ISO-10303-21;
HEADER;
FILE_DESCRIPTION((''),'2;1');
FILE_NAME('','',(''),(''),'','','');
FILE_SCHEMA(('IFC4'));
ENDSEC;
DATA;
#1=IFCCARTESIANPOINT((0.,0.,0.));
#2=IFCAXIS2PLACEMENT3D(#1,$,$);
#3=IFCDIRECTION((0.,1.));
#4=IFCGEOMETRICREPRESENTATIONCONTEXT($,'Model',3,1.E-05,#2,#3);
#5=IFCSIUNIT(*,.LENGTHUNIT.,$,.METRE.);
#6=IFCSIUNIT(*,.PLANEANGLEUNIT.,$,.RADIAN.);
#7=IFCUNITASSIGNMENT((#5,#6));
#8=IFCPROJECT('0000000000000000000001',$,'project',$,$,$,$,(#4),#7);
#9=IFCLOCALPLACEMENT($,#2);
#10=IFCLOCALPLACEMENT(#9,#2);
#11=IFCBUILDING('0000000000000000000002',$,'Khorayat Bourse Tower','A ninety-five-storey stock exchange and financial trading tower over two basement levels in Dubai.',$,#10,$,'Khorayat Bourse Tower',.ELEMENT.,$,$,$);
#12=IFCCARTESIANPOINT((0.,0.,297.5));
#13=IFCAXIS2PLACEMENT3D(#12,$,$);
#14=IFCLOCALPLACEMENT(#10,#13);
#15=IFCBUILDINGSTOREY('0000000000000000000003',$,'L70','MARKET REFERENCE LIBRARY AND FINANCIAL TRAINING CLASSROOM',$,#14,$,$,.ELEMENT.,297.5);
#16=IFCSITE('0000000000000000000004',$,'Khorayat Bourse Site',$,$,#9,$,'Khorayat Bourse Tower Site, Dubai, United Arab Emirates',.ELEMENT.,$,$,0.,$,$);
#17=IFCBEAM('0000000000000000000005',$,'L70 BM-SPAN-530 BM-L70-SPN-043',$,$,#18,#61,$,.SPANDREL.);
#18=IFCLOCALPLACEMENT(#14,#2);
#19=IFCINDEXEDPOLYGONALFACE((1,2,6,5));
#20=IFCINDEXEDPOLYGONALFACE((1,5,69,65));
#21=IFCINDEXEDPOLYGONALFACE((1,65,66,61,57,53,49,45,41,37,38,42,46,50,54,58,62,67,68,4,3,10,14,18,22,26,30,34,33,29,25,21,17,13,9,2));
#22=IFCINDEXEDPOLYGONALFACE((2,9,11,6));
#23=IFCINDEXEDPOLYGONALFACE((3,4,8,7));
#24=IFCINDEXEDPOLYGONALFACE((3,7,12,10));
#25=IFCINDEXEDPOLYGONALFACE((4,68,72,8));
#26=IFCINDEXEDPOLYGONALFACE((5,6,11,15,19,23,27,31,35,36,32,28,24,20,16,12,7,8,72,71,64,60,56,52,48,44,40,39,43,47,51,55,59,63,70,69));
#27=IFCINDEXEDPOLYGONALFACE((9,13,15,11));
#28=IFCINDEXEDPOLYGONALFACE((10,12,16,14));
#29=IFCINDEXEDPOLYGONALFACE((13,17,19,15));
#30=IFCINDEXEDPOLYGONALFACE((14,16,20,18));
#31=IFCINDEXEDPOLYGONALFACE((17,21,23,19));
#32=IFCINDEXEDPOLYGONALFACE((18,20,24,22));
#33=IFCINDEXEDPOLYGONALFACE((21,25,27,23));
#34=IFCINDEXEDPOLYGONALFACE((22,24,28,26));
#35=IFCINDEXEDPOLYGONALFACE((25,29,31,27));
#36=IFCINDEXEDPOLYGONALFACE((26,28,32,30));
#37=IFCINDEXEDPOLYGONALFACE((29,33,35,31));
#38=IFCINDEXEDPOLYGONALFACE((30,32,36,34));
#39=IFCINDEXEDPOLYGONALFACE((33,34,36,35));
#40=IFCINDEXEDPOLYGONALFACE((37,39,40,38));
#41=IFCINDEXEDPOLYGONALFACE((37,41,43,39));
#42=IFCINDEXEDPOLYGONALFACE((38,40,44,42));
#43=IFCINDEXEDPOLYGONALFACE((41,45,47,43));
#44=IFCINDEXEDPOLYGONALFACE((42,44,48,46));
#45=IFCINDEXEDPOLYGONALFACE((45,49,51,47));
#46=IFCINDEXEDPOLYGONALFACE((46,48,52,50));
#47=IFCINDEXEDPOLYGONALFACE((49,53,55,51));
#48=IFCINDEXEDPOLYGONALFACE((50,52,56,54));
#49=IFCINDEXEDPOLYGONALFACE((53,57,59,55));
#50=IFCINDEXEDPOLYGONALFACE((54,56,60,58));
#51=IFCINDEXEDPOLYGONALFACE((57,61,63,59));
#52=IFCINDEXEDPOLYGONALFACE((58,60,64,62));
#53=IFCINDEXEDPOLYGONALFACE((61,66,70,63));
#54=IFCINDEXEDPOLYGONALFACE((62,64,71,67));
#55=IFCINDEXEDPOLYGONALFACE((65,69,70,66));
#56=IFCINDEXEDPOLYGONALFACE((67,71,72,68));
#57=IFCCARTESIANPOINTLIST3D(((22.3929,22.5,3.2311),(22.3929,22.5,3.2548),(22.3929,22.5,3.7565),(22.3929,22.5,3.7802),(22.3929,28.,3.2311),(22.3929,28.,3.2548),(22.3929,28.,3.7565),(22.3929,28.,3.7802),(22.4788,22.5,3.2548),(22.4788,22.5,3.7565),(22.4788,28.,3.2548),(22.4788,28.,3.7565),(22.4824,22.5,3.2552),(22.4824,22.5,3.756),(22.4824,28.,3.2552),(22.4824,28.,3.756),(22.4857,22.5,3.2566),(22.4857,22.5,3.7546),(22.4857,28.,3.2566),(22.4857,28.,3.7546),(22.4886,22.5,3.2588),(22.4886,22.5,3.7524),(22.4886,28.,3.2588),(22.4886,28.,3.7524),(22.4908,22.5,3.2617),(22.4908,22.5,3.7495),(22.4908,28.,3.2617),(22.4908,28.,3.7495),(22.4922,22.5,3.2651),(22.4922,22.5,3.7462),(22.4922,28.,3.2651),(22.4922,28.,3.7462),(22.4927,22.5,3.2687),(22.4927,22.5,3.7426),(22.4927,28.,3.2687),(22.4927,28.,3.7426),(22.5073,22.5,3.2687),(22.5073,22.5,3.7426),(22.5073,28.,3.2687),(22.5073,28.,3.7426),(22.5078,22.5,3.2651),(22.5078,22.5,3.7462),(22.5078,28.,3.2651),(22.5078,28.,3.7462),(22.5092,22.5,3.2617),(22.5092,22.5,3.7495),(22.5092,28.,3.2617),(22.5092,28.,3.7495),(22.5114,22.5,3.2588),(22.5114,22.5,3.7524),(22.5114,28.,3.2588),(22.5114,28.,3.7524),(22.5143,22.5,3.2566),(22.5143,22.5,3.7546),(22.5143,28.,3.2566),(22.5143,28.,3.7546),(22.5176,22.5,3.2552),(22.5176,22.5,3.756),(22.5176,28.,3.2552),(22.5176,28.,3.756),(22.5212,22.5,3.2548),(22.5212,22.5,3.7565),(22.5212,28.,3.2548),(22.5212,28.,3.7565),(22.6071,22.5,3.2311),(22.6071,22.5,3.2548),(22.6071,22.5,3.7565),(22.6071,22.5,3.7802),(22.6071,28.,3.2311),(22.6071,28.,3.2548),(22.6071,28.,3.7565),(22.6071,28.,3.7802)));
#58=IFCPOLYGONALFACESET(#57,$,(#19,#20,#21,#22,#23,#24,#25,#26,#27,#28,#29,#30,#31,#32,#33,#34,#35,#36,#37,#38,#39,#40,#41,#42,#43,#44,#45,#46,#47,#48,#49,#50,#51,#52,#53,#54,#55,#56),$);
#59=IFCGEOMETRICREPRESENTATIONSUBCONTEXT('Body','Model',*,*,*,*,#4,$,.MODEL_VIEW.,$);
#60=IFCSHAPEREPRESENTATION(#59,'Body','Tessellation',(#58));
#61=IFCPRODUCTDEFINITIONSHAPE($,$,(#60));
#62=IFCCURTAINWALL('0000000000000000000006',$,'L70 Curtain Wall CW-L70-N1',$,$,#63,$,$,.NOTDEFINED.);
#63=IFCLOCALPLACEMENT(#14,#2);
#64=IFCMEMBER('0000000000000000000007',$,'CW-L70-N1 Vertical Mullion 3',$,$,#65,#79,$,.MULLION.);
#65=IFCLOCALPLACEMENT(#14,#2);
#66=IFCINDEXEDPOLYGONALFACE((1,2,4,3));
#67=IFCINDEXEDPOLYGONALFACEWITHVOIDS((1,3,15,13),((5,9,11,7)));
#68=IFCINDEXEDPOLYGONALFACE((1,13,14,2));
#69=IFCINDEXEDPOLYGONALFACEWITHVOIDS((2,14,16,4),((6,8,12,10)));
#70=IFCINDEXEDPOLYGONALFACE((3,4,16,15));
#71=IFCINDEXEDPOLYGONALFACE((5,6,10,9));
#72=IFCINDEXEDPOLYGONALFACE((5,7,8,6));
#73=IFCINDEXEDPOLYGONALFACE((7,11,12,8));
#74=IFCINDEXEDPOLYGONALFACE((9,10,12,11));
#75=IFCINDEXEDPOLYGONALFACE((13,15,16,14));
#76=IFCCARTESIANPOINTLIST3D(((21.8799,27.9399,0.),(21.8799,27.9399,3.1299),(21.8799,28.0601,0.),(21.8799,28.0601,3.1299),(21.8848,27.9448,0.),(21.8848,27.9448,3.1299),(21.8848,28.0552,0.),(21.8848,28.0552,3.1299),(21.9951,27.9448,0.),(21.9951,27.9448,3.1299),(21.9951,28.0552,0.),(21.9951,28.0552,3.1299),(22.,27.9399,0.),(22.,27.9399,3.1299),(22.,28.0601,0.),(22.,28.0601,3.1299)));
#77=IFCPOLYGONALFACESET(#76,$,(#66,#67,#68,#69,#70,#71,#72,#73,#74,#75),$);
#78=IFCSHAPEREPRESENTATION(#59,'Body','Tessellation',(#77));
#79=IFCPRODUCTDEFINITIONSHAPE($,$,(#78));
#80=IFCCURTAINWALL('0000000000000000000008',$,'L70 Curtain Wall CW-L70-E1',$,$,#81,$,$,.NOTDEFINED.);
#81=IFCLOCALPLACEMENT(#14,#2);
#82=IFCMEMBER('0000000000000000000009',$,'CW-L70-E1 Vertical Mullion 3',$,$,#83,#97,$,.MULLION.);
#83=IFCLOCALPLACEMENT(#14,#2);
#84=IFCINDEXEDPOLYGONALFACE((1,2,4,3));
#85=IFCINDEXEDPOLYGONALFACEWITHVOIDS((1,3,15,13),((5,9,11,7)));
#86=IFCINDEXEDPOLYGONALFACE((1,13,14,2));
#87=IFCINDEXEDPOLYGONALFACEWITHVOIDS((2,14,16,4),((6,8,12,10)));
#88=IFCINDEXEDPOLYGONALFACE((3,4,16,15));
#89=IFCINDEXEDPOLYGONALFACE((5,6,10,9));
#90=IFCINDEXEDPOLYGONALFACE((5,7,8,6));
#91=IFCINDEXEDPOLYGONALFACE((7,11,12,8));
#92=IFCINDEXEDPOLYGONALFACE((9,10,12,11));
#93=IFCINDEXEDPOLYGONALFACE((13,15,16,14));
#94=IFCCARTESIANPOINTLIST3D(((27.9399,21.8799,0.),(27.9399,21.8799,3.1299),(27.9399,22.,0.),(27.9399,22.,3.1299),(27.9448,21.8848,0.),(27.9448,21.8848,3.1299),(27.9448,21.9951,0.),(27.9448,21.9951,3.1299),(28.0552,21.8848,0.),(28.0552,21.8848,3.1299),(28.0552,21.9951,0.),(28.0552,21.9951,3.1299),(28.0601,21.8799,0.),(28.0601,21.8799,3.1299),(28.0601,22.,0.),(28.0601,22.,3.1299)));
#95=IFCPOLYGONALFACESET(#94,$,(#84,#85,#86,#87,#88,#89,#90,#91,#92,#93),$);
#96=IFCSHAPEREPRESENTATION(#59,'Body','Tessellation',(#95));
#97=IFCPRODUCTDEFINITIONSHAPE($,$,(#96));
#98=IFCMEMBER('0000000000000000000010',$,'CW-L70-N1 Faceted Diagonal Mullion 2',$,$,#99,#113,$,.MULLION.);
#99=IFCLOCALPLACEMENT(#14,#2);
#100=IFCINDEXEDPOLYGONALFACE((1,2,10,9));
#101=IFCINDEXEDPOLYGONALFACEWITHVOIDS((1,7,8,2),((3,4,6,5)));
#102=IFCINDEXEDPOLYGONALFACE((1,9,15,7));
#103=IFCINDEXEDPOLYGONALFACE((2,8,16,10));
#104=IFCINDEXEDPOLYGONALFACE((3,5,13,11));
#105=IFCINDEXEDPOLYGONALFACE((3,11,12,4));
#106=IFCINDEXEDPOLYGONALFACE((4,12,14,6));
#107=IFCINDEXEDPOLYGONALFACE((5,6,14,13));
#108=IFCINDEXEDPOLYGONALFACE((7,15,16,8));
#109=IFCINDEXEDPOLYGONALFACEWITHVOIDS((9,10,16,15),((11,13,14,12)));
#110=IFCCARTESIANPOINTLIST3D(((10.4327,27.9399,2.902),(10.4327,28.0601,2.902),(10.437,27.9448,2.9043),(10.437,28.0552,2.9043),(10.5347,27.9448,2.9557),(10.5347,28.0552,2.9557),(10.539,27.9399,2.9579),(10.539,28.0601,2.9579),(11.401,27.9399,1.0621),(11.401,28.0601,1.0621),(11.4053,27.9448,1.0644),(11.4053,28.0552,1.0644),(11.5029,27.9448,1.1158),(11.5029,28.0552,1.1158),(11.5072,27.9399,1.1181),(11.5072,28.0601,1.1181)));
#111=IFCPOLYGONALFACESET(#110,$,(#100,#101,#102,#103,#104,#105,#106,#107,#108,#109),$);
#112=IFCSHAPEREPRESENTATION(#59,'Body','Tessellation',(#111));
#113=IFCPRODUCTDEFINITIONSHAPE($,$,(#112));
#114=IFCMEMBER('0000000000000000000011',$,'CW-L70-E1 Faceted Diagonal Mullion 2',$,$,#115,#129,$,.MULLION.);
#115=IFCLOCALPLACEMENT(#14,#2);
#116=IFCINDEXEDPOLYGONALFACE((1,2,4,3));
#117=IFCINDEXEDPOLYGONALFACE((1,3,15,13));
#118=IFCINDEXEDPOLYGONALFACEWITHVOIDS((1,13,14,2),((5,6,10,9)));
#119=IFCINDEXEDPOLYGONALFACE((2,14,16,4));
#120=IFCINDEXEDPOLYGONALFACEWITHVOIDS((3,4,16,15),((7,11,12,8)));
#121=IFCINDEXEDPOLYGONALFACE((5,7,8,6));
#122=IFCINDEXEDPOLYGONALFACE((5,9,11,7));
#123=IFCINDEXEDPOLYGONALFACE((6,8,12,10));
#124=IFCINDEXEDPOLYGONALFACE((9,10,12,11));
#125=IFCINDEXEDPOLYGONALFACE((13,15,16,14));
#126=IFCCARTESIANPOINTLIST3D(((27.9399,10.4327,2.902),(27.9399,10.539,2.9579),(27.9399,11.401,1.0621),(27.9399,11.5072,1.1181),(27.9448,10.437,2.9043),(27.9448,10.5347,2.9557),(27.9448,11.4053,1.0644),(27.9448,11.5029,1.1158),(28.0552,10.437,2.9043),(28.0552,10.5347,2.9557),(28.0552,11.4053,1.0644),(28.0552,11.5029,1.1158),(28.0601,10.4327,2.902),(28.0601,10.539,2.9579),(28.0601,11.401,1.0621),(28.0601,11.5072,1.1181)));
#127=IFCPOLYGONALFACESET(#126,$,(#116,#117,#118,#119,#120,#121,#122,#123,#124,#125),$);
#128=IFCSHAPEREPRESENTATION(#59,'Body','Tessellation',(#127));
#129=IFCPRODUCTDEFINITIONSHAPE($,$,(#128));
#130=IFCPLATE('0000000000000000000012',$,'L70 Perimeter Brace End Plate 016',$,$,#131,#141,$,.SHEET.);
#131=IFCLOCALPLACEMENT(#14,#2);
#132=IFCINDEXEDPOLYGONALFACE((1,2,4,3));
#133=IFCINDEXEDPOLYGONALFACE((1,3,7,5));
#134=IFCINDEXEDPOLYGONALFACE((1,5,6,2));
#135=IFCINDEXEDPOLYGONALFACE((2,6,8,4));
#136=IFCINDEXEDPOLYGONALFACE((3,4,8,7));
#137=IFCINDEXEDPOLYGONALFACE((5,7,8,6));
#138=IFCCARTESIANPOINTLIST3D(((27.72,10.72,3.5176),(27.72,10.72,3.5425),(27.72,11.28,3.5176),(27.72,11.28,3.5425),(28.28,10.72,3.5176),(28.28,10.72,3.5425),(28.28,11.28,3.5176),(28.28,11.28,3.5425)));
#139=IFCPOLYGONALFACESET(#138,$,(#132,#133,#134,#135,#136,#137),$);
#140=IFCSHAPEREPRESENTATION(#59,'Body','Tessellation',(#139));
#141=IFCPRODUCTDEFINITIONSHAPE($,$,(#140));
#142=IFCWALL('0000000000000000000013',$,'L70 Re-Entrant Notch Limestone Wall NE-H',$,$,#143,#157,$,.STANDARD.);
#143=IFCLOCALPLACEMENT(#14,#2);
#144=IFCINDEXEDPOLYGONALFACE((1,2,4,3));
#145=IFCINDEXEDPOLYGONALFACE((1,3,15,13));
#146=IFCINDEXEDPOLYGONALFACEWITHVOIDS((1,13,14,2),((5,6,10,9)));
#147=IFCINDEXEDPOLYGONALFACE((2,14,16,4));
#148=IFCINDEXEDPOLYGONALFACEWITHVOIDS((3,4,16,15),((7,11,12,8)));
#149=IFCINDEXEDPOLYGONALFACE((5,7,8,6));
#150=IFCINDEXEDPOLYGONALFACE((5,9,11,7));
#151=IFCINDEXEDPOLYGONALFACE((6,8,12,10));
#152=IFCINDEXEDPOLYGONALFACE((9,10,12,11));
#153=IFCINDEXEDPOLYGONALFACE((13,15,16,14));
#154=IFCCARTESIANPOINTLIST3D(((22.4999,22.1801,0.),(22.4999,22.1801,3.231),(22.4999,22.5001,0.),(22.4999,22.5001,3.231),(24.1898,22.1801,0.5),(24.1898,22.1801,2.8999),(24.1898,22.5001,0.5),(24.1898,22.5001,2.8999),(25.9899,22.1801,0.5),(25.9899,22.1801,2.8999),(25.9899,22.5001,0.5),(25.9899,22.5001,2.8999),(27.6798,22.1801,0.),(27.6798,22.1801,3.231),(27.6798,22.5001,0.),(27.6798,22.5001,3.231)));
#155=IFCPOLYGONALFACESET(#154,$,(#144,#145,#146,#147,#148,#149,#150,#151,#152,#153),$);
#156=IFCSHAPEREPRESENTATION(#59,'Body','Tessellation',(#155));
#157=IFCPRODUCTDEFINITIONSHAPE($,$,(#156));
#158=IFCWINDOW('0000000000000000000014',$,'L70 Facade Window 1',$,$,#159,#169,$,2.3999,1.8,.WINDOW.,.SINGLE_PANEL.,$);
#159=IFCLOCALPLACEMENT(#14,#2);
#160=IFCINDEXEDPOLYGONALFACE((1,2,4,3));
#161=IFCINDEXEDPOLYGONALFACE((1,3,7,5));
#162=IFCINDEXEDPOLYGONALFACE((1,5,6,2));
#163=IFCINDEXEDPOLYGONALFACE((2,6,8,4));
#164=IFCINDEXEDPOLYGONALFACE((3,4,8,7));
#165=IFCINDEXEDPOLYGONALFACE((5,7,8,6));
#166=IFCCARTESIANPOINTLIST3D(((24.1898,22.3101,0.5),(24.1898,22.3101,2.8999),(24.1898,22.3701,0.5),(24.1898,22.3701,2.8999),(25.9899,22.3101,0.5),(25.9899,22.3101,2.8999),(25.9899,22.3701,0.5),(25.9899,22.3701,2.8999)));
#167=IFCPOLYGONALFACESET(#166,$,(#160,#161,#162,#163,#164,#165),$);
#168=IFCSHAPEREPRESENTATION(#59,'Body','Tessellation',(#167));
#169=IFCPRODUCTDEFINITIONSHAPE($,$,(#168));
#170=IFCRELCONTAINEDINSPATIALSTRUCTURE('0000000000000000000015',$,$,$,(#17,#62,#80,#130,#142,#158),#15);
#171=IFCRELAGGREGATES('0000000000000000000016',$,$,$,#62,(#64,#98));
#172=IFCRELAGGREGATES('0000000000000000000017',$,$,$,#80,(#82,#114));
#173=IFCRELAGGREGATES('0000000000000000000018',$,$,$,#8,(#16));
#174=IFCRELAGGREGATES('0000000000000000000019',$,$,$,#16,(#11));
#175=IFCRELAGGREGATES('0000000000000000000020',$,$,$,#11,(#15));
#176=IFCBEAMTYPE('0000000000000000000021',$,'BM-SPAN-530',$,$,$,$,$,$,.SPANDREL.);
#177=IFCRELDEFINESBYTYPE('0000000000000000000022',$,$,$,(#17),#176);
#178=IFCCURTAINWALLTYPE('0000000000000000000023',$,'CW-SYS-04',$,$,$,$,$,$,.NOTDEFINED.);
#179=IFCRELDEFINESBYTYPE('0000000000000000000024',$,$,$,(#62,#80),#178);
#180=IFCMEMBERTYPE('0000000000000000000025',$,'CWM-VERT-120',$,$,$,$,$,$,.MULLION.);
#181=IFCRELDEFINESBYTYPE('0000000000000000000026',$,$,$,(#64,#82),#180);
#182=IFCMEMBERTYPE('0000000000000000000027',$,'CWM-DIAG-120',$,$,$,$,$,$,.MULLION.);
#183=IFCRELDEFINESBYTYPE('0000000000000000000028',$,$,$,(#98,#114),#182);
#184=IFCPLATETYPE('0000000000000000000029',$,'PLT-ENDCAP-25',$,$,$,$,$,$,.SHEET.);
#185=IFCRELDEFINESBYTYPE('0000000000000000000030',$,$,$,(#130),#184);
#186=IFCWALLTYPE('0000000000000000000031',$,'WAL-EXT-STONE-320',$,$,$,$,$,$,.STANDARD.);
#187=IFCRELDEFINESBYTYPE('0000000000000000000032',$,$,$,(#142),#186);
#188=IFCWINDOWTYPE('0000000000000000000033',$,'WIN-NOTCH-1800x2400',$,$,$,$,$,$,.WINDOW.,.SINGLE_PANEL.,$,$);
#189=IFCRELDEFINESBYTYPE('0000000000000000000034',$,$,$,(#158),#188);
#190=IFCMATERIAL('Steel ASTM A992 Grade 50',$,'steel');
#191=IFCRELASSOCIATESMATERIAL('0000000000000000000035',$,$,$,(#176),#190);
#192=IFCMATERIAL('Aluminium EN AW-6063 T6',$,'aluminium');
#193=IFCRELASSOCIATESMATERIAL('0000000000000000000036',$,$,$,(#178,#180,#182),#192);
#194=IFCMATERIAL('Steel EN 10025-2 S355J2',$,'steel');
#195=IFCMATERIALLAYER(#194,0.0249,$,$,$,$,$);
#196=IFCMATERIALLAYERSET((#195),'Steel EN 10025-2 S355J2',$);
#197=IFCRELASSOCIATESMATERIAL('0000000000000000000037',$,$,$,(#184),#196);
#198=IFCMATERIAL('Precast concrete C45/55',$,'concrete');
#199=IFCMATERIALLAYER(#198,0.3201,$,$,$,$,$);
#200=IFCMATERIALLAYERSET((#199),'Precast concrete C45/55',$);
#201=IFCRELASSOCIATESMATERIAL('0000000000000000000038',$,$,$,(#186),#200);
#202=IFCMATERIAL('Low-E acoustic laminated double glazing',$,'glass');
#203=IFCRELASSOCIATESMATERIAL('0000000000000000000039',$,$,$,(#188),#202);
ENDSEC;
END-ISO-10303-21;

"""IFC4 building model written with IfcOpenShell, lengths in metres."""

from ifc_helpers import new_model, si_unit, direction, frame, frame_2d, origin, origin_2d, place, context, subcontext, project, spatial, rectangle, hollow_rectangle, i_section, extrude, source, transform, mapped, material, layer, layer_set, material_profile, profile_set, type_object, element, fill, aggregate, save


model = new_model("IFC4")

# Units and contexts
model_context = context("Model", 3, precision=1e-05, world=origin(), true_north=direction((0.0, 1.0)))
body_context = subcontext(model_context, "Body", "Model", "MODEL_VIEW")
ifc_project = project(units=[si_unit("LENGTHUNIT", "METRE"), si_unit("PLANEANGLEUNIT", "RADIAN")], contexts=[model_context])

# Site, building, storey
site_placement = place(None, origin())
site = spatial("IfcSite", under=ifc_project, at=site_placement, Name="Khorayat Bourse Site", LongName="Khorayat Bourse Tower Site, Dubai, United Arab Emirates", CompositionType="ELEMENT", RefElevation=0.0)
building_placement = place(site_placement, origin())
building = spatial("IfcBuilding", under=site, at=building_placement, Name="Khorayat Bourse Tower", Description="A ninety-five-storey stock exchange and financial trading tower over two basement levels in Dubai.", LongName="Khorayat Bourse Tower", CompositionType="ELEMENT")
storey_placement = place(building_placement, frame((0.0, 0.0, 297.5)))
storey = spatial("IfcBuildingStorey", under=building, at=storey_placement, Name="L70", Description="MARKET REFERENCE LIBRARY AND FINANCIAL TRAINING CLASSROOM", CompositionType="ELEMENT", Elevation=297.5)

# Beam
ifc_material_1 = material(Name="Steel ASTM A992 Grade 50", Category="steel")
ifc_material_profile_1 = material_profile(ifc_material_1, i_section(OverallWidth=0.2141, OverallDepth=0.5491, WebThickness=0.0146, FlangeThickness=0.0237, FilletRadius=0.0139, at=origin_2d()), Name="W530X138")
ifc_profile_set_1 = profile_set([ifc_material_profile_1], Name="Steel ASTM A992 Grade 50")
beam_type_1 = type_object("IfcBeamType", Name="BM-SPAN-530", PredefinedType="SPANDREL", material=ifc_profile_set_1)
shared_shape_1 = source(origin(), body_context, "Body", "SweptSolid", [
    extrude(i_section(OverallWidth=0.2141, OverallDepth=0.5491, WebThickness=0.0146, FlangeThickness=0.0237, FilletRadius=0.0139, at=origin_2d()), origin(), (0.0, 0.0, 1.0), 5.5),
])
for number, where, z_axis, x_axis, name in (
    (1, (22.5, 22.5, 3.5056), (0.0, 1.0, 0.0), (-1.0, 0.0, 0.0), "L70 BM-SPAN-530 BM-L70-SPN-043"),
):
    element("IfcBeam", number, at=place(storey_placement, frame(where, z_axis=z_axis, x_axis=x_axis)), inside=storey, type_object=beam_type_1, Name=name, PredefinedType="SPANDREL", context=body_context, shape_type="MappedRepresentation", body=[
        mapped(shared_shape_1, transform((0.0, 0.0, 0.0), scale=1.0)),
    ])

# Curtain walls, members
ifc_material_2 = material(Name="Aluminium EN AW-6063 T6", Category="aluminium")
curtain_wall_type = type_object("IfcCurtainWallType", Name="CW-SYS-04", PredefinedType="NOTDEFINED", material=ifc_material_2)
curtain_wall_1_placement = place(storey_placement, origin())
curtain_wall_1 = element("IfcCurtainWall", 2, at=curtain_wall_1_placement, inside=storey, type_object=curtain_wall_type, Name="L70 Curtain Wall CW-L70-N1", PredefinedType="NOTDEFINED")
ifc_material_profile_2 = material_profile(ifc_material_2, hollow_rectangle(XDim=0.1201, YDim=0.1201, WallThickness=0.0049, at=origin_2d()), Name="ALU 120x120x5")
ifc_profile_set_2 = profile_set([ifc_material_profile_2], Name="Aluminium EN AW-6063 T6")
member_type_1 = type_object("IfcMemberType", Name="CWM-VERT-120", PredefinedType="MULLION", material=ifc_profile_set_2)
shared_shape_2 = source(origin(), body_context, "Body", "SweptSolid", [
    extrude(hollow_rectangle(XDim=0.1201, YDim=0.1201, WallThickness=0.0049, at=origin_2d()), origin(), (0.0, 0.0, 1.0), 3.1299),
])
member_1_placement = place(storey_placement, frame((21.9399, 28.0, 0.0), z_axis=(0.0, 0.0, 1.0), x_axis=(0.0, 1.0, 0.0)))
member_1 = element("IfcMember", 3, at=member_1_placement, type_object=member_type_1, Name="CW-L70-N1 Vertical Mullion 3", PredefinedType="MULLION", context=body_context, shape_type="MappedRepresentation", body=[
    mapped(shared_shape_2, transform((0.0, 0.0, 0.0), scale=1.0)),
])
curtain_wall_2_placement = place(storey_placement, origin())
curtain_wall_2 = element("IfcCurtainWall", 4, at=curtain_wall_2_placement, inside=storey, type_object=curtain_wall_type, Name="L70 Curtain Wall CW-L70-E1", PredefinedType="NOTDEFINED")
member_2_placement = place(storey_placement, frame((28.0, 21.9399, 0.0), z_axis=(0.0, 0.0, 1.0), x_axis=(-1.0, 0.0, 0.0)))
member_2 = element("IfcMember", 5, at=member_2_placement, type_object=member_type_1, Name="CW-L70-E1 Vertical Mullion 3", PredefinedType="MULLION", context=body_context, shape_type="MappedRepresentation", body=[
    mapped(shared_shape_2, transform((0.0, 0.0, 0.0), scale=1.0)),
])

# Members
ifc_material_profile_3 = material_profile(ifc_material_2, hollow_rectangle(XDim=0.1201, YDim=0.1201, WallThickness=0.0049, at=origin_2d()), Name="ALU 120x120x5")
ifc_profile_set_3 = profile_set([ifc_material_profile_3], Name="Aluminium EN AW-6063 T6")
member_type_2 = type_object("IfcMemberType", Name="CWM-DIAG-120", PredefinedType="MULLION", material=ifc_profile_set_3)
shared_shape_3 = source(origin(), body_context, "Body", "SweptSolid", [
    extrude(hollow_rectangle(XDim=0.1201, YDim=0.1201, WallThickness=0.0049, at=origin_2d()), origin(), (0.0, 0.0, 1.0), 2.0791),
])
member_3_placement = place(storey_placement, frame((11.4541, 28.0, 1.0901), z_axis=(-0.465717, 0.0, 0.884934), x_axis=(0.0, -1.0, 0.0)))
member_3 = element("IfcMember", 6, at=member_3_placement, type_object=member_type_2, Name="CW-L70-N1 Faceted Diagonal Mullion 2", PredefinedType="MULLION", context=body_context, shape_type="MappedRepresentation", body=[
    mapped(shared_shape_3, transform((0.0, 0.0, 0.0), scale=1.0)),
])
aggregate(curtain_wall_1, [member_1, member_3])
member_4_placement = place(storey_placement, frame((28.0, 11.4541, 1.0901), z_axis=(0.0, -0.465717, 0.884934), x_axis=(1.0, 0.0, 0.0)))
member_4 = element("IfcMember", 7, at=member_4_placement, type_object=member_type_2, Name="CW-L70-E1 Faceted Diagonal Mullion 2", PredefinedType="MULLION", context=body_context, shape_type="MappedRepresentation", body=[
    mapped(shared_shape_3, transform((0.0, 0.0, 0.0), scale=1.0)),
])
aggregate(curtain_wall_2, [member_2, member_4])

# Plate
ifc_material_3 = material(Name="Steel EN 10025-2 S355J2", Category="steel")
ifc_layer_1 = layer(ifc_material_3, 0.0249)
ifc_layer_set_1 = layer_set([ifc_layer_1], Name="Steel EN 10025-2 S355J2")
plate_type = type_object("IfcPlateType", Name="PLT-ENDCAP-25", PredefinedType="SHEET", material=ifc_layer_set_1)
shared_shape_4 = source(origin(), body_context, "Body", "SweptSolid", [
    extrude(rectangle(XDim=0.5601, YDim=0.5601, at=origin_2d()), origin(), (0.0, 0.0, 1.0), 0.0249),
])
plate_placement = place(storey_placement, frame((28.0, 11.0, 3.5176), z_axis=(0.0, 0.0, 1.0), x_axis=(1.0, 0.0, 0.0)))
element("IfcPlate", 8, at=plate_placement, inside=storey, type_object=plate_type, Name="L70 Perimeter Brace End Plate 016", PredefinedType="SHEET", context=body_context, shape_type="MappedRepresentation", body=[
    mapped(shared_shape_4, transform((0.0, 0.0, 0.0), scale=1.0)),
])

# Wall, opening, window
ifc_material_4 = material(Name="Precast concrete C45/55", Category="concrete")
ifc_layer_2 = layer(ifc_material_4, 0.3201)
ifc_layer_set_2 = layer_set([ifc_layer_2], Name="Precast concrete C45/55")
wall_type_1 = type_object("IfcWallType", Name="WAL-EXT-STONE-320", PredefinedType="STANDARD", material=ifc_layer_set_2)
shared_shape_5 = source(origin(), body_context, "Body", "SweptSolid", [
    extrude(rectangle(XDim=5.1799, YDim=0.3201, at=frame_2d((2.5898, 0.0))), origin(), (0.0, 0.0, 1.0), 3.231),
])
wall_1_placement = place(storey_placement, frame((22.5, 22.3401, 0.0), z_axis=(0.0, 0.0, 1.0), x_axis=(1.0, 0.0, 0.0)))
wall_1 = element("IfcWall", 9, at=wall_1_placement, inside=storey, type_object=wall_type_1, Name="L70 Re-Entrant Notch Limestone Wall NE-H", PredefinedType="STANDARD", context=body_context, shape_type="MappedRepresentation", body=[
    mapped(shared_shape_5, transform((0.0, 0.0, 0.0), scale=1.0)),
])
shared_shape_6 = source(origin(), body_context, "Body", "SweptSolid", [
    extrude(rectangle(XDim=1.8, YDim=2.3999, at=frame_2d((0.8999, 1.2))), frame((0.0, 0.1699, 0.0), z_axis=(0.0, -1.0, 0.0), x_axis=(1.0, 0.0, 0.0)), (0.0, 0.0, 1.0), 0.3401),
])
opening_1_placement = place(wall_1_placement, frame((1.6899, 0.0, 0.5)))
opening_1 = element("IfcOpeningElement", 10, at=opening_1_placement, cuts=wall_1, PredefinedType="OPENING", context=body_context, shape_type="MappedRepresentation", body=[
    mapped(shared_shape_6, transform((0.0, 0.0, 0.0), scale=1.0)),
])
ifc_material_5 = material(Name="Low-E acoustic laminated double glazing", Category="glass")
window_type = type_object("IfcWindowType", Name="WIN-NOTCH-1800x2400", PartitioningType="SINGLE_PANEL", PredefinedType="WINDOW", material=ifc_material_5)
shared_shape_7 = source(origin(), body_context, "Body", "SweptSolid", [
    extrude(rectangle(XDim=1.8, YDim=2.3999, at=frame_2d((0.8999, 1.2))), frame((0.0, 0.03, 0.0), z_axis=(0.0, -1.0, 0.0), x_axis=(1.0, 0.0, 0.0)), (0.0, 0.0, 1.0), 0.0601),
])
window_1_placement = place(opening_1_placement, origin())
window_1 = element("IfcWindow", 11, at=window_1_placement, inside=storey, type_object=window_type, Name="L70 Facade Window 1", OverallHeight=2.3999, OverallWidth=1.8, PartitioningType="SINGLE_PANEL", PredefinedType="WINDOW", context=body_context, shape_type="MappedRepresentation", body=[
    mapped(shared_shape_7, transform((0.0, 0.0, 0.0), scale=1.0)),
])
fill(opening_1, window_1)

save(model, "model.ifc")
